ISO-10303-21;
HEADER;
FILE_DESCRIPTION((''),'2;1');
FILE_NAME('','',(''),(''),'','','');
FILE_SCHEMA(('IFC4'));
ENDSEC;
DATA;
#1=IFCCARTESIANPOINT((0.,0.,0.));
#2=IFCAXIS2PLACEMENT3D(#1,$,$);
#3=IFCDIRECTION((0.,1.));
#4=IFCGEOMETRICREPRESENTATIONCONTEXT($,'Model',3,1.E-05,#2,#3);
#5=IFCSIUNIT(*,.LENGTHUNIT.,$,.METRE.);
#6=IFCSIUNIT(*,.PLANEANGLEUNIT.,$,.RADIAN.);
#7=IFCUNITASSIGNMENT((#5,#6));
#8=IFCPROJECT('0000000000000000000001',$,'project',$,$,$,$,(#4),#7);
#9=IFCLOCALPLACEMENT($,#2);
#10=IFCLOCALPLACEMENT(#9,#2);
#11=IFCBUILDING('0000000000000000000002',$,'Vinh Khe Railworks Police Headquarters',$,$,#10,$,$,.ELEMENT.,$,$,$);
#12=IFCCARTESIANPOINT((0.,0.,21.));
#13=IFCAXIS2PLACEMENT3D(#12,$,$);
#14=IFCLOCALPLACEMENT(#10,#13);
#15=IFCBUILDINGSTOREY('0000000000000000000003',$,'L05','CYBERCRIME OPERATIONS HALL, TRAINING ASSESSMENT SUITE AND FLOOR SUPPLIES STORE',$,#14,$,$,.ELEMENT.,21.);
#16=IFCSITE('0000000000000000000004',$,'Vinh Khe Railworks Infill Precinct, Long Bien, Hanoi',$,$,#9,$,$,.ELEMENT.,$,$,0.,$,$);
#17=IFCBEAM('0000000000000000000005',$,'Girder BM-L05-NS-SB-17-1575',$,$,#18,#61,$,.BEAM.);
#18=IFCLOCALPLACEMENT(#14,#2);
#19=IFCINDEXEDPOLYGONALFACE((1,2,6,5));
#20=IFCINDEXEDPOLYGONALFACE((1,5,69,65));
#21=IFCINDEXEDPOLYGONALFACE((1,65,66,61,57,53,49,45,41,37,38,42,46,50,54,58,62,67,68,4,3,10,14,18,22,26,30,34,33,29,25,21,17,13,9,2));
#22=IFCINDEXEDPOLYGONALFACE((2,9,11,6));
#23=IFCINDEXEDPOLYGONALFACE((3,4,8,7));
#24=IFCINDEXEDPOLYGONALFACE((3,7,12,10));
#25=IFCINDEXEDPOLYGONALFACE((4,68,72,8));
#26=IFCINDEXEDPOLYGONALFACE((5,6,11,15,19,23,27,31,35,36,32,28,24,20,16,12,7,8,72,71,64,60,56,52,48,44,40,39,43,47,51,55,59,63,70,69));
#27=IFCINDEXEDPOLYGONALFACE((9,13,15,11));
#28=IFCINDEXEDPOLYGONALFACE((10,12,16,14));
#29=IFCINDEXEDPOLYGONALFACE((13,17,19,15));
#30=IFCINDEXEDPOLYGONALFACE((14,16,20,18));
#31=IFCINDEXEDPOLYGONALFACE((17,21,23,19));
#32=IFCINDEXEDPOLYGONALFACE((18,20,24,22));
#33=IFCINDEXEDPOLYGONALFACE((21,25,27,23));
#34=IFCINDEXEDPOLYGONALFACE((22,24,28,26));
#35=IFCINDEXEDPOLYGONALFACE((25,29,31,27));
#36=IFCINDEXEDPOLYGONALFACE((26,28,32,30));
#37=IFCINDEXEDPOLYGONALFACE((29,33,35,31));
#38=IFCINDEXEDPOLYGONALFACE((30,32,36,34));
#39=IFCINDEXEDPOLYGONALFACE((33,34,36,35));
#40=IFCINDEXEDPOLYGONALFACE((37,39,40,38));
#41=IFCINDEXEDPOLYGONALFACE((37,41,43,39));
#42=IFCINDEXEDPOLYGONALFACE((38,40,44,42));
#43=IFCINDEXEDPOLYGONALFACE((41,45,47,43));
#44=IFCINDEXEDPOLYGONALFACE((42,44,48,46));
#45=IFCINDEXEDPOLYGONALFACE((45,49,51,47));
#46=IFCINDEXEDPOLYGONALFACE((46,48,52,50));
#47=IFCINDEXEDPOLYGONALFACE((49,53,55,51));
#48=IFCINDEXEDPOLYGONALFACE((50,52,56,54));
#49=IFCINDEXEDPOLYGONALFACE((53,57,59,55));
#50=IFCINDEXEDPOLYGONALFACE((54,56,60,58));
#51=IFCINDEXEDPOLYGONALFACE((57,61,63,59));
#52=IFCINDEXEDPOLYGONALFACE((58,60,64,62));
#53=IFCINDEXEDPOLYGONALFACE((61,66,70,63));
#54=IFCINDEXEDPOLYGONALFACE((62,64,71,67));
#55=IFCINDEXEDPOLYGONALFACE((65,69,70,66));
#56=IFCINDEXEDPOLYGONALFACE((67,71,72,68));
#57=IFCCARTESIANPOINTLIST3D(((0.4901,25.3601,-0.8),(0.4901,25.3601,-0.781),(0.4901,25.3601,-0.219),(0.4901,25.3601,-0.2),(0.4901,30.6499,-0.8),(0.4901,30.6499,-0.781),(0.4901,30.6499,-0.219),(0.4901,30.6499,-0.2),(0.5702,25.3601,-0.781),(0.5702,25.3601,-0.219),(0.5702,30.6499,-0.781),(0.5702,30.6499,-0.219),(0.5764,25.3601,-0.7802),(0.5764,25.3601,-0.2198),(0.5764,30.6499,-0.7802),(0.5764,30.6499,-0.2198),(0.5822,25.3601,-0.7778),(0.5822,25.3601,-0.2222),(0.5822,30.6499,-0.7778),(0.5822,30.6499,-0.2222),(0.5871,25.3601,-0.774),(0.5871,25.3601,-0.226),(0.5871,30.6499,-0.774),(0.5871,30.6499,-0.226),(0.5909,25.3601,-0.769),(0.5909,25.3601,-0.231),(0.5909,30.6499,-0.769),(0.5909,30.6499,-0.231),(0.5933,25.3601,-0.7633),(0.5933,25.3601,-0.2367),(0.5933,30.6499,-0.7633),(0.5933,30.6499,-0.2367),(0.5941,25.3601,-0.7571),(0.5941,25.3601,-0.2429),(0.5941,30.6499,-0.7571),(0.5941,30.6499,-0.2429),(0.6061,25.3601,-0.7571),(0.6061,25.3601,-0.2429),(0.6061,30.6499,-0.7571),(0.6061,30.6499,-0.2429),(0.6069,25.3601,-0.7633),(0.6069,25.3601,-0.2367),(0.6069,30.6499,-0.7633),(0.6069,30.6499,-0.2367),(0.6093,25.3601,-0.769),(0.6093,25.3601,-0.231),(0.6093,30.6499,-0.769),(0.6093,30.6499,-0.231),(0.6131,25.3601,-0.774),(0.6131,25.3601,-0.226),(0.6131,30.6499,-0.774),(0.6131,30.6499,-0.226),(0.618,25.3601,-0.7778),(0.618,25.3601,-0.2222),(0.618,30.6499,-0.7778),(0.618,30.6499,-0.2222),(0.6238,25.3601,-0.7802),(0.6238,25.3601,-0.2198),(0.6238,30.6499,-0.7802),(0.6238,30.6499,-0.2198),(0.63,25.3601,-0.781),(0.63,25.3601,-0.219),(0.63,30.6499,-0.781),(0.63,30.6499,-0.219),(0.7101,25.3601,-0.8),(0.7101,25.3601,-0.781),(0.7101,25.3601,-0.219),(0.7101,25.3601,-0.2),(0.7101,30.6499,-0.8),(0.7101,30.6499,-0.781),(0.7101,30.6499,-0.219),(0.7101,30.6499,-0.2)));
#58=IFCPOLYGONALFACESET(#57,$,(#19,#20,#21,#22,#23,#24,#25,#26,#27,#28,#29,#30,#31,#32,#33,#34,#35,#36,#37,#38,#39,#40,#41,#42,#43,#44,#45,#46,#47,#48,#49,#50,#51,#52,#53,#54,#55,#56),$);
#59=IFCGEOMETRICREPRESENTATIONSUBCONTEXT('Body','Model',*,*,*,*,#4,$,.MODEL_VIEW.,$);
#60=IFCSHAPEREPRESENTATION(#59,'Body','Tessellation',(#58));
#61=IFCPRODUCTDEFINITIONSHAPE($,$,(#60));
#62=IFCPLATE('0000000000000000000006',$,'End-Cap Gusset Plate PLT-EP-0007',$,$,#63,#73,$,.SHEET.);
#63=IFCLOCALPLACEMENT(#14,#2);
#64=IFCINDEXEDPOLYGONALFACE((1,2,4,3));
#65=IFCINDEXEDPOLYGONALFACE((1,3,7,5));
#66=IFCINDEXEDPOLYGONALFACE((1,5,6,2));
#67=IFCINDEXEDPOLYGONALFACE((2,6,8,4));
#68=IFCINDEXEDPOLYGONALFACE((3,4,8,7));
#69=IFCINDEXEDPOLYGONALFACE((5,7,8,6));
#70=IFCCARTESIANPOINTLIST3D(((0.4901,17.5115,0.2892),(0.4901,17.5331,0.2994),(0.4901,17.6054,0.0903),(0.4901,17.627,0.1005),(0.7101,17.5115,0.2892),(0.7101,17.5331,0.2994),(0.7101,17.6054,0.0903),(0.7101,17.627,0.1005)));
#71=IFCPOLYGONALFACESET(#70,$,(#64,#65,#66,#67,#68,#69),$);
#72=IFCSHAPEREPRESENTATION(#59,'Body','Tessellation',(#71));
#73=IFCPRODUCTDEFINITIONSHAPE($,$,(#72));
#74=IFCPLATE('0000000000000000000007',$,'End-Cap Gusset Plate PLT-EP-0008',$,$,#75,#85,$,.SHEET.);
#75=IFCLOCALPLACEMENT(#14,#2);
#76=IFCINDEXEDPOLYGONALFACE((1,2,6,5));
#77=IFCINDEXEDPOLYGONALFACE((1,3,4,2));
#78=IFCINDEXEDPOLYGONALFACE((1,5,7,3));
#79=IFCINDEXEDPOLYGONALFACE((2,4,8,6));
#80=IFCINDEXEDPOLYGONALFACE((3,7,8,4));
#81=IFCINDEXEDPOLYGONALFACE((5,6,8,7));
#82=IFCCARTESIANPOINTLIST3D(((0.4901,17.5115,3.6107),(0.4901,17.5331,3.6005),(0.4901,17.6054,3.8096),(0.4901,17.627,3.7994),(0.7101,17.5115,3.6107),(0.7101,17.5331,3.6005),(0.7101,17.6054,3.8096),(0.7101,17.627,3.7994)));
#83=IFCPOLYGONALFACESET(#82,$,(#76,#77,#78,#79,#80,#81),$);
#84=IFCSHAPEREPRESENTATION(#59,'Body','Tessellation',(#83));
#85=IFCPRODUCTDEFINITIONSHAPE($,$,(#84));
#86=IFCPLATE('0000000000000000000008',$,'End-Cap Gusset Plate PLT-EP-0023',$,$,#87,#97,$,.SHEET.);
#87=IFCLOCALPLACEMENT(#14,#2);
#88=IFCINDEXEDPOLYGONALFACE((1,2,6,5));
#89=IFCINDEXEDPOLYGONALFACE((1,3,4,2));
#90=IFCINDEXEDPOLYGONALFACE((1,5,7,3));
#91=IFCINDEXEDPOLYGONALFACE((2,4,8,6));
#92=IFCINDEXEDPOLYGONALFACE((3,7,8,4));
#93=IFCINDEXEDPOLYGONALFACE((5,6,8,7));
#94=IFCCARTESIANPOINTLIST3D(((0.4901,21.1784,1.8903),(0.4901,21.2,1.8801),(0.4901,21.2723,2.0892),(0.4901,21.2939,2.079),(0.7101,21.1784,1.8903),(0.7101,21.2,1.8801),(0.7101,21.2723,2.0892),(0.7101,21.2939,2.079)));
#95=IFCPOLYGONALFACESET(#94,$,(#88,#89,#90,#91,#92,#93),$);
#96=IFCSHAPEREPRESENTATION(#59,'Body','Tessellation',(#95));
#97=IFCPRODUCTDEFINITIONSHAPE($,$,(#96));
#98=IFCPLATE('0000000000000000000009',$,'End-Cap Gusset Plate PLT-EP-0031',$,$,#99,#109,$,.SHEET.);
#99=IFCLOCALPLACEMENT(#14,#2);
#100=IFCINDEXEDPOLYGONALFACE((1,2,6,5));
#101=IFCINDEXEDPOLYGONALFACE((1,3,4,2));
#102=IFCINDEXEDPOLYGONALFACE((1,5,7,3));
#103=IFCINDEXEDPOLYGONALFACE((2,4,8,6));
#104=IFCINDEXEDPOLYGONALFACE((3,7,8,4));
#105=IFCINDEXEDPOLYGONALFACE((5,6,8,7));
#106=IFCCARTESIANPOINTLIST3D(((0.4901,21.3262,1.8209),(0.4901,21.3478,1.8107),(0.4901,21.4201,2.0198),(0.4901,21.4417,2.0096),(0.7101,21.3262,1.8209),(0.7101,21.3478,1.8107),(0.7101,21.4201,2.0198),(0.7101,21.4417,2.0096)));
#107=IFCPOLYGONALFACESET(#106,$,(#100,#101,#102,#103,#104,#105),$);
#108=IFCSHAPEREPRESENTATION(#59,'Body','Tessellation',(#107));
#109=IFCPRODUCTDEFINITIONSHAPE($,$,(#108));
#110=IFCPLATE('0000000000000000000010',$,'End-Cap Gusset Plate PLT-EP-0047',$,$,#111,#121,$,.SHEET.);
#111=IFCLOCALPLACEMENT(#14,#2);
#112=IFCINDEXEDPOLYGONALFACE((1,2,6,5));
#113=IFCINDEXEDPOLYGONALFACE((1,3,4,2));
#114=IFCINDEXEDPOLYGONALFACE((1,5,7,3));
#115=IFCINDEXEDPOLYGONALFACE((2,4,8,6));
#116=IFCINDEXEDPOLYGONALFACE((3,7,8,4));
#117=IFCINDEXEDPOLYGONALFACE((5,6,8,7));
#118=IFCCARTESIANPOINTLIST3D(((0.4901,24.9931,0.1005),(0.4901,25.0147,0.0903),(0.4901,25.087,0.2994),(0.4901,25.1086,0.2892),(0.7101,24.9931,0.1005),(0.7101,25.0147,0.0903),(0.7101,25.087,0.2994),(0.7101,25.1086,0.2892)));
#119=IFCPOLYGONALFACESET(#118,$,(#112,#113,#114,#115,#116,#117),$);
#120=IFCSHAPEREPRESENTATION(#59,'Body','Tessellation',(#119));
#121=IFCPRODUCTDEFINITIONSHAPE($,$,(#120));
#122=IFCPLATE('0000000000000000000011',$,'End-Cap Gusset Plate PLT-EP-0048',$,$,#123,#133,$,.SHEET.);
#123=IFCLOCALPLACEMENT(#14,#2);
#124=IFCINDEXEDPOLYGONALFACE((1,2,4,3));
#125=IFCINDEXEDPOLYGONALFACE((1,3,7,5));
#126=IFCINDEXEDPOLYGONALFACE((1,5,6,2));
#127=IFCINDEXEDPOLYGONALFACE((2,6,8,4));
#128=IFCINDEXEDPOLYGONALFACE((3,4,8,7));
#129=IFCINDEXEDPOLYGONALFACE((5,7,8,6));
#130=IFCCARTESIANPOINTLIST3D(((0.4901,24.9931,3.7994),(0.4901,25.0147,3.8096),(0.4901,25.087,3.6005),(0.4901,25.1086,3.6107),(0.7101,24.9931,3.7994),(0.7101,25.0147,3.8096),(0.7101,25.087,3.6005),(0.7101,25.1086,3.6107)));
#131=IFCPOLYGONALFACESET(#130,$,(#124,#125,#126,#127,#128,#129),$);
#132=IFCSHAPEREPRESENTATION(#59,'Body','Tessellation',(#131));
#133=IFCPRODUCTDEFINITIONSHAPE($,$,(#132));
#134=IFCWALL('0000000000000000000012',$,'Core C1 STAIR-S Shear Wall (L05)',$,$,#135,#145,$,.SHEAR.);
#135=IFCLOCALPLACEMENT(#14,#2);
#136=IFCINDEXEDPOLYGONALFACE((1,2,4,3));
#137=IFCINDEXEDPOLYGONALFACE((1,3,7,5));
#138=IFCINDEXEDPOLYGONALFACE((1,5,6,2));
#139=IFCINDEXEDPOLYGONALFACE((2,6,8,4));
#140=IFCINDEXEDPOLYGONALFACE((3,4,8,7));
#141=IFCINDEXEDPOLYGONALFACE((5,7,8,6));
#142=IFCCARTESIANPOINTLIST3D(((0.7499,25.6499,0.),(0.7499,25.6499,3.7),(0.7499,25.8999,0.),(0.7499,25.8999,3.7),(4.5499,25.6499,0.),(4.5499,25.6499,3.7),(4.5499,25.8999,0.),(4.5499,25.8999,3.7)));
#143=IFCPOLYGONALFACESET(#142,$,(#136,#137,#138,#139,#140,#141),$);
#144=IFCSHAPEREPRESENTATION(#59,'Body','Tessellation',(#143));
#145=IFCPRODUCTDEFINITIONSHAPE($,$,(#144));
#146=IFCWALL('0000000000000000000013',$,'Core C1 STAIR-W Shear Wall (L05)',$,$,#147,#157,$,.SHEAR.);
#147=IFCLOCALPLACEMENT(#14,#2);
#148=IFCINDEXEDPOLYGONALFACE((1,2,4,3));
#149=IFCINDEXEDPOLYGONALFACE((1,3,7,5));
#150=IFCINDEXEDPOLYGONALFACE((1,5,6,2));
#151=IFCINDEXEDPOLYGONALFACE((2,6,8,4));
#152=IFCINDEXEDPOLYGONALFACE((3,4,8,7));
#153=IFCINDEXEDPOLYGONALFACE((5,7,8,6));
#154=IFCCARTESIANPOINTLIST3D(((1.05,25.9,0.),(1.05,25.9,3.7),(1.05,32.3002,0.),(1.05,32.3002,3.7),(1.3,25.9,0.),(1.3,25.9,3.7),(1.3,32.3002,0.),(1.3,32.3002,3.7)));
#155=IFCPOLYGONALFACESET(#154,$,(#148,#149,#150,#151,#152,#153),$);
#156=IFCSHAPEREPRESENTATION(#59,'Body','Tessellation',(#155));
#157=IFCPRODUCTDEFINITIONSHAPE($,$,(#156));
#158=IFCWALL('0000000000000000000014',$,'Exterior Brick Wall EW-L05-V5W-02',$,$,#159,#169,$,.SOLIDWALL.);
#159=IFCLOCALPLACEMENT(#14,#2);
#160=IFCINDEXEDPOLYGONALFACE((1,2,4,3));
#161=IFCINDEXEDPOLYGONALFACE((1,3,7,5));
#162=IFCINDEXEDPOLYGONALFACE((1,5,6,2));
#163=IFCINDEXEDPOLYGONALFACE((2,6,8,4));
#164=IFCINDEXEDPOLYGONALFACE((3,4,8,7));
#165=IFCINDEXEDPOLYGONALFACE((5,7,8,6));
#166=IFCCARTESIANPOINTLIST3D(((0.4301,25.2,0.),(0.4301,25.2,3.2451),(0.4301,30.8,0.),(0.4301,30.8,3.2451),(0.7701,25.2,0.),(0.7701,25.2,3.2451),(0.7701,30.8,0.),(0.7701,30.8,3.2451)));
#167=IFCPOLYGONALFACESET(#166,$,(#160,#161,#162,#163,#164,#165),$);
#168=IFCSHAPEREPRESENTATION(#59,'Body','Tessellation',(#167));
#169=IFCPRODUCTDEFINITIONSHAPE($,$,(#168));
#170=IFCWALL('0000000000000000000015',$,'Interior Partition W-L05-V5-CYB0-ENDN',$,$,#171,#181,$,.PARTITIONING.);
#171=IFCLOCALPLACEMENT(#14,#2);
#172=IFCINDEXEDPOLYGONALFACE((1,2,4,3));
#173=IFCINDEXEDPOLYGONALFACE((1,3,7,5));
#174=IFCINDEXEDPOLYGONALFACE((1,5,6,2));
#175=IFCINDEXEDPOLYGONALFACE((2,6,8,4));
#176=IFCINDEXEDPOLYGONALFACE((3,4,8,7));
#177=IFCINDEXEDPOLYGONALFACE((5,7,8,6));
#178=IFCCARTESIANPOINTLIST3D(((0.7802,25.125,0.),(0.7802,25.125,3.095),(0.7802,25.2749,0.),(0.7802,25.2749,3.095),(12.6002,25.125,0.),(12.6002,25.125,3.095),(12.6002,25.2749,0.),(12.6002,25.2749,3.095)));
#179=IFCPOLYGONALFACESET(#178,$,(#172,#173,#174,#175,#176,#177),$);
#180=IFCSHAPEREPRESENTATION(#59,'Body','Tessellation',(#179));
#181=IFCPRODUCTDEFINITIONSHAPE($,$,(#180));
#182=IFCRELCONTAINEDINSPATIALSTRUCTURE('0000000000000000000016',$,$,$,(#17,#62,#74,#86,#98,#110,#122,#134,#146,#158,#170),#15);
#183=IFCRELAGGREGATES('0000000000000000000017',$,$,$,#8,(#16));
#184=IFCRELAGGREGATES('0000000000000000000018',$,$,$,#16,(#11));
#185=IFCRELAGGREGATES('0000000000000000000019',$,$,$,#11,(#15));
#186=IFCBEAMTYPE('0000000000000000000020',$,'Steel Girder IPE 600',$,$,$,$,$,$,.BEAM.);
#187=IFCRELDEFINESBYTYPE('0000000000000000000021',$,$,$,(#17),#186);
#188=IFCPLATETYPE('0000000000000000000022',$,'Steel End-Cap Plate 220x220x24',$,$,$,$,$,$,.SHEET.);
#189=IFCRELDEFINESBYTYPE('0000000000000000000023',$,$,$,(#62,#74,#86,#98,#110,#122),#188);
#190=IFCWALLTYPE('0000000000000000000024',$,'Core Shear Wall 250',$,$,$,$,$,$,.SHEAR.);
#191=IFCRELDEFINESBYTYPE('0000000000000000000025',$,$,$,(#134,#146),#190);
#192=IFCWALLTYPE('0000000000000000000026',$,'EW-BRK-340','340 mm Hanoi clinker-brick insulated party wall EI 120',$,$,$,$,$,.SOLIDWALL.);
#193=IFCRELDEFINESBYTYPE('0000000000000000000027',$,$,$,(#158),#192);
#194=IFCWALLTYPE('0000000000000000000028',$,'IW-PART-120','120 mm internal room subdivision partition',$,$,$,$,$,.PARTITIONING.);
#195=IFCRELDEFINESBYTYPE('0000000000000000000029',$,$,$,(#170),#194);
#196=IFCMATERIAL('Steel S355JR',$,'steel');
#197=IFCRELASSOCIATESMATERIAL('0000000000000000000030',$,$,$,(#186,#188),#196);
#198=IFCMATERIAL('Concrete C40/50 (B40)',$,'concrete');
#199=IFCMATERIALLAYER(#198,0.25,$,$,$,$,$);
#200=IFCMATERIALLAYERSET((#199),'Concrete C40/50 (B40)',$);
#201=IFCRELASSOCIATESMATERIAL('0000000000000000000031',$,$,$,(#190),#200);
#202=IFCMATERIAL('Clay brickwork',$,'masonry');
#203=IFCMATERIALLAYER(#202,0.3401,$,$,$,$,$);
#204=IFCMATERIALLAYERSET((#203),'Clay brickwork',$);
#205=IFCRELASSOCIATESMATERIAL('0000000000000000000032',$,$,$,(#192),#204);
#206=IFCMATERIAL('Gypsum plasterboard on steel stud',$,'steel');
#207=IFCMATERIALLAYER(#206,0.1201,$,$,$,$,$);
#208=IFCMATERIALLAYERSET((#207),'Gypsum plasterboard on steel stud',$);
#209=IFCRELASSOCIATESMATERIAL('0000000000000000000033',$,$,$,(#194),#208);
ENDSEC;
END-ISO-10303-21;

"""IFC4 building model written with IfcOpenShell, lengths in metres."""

from ifc_helpers import new_model, si_unit, direction, frame, frame_2d, origin, origin_2d, place, context, subcontext, project, spatial, rectangle, i_section, extrude, material, layer, layer_set, material_profile, profile_set, type_object, element, save


model = new_model("IFC4")

# Units and contexts
model_context = context("Model", 3, precision=1e-05, world=origin(), true_north=direction((0.0, 1.0)))
body_context = subcontext(model_context, "Body", "Model", "MODEL_VIEW")
ifc_project = project(units=[si_unit("LENGTHUNIT", "METRE"), si_unit("PLANEANGLEUNIT", "RADIAN")], contexts=[model_context])

# Site, building, storey
site_placement = place(None, origin())
site = spatial("IfcSite", under=ifc_project, at=site_placement, Name="Vinh Khe Railworks Infill Precinct, Long Bien, Hanoi", CompositionType="ELEMENT", RefElevation=0.0)
building_placement = place(site_placement, origin())
building = spatial("IfcBuilding", under=site, at=building_placement, Name="Vinh Khe Railworks Police Headquarters", CompositionType="ELEMENT")
storey_placement = place(building_placement, frame((0.0, 0.0, 21.0)))
storey = spatial("IfcBuildingStorey", under=building, at=storey_placement, Name="L05", Description="CYBERCRIME OPERATIONS HALL, TRAINING ASSESSMENT SUITE AND FLOOR SUPPLIES STORE", CompositionType="ELEMENT", Elevation=21.0)

# Shared definitions
ifc_material_1 = material(Name="Steel S355JR", Category="steel")

# Beam
ifc_material_profile_1 = material_profile(ifc_material_1, i_section(OverallWidth=0.22, OverallDepth=0.6001, WebThickness=0.012, FlangeThickness=0.019, FilletRadius=0.0239, at=origin_2d()), Name="IPE 600")
ifc_profile_set_1 = profile_set([ifc_material_profile_1], Name="Steel S355JR")
beam_type_1 = type_object("IfcBeamType", Name="Steel Girder IPE 600", PredefinedType="BEAM", material=ifc_profile_set_1)
beam_1_placement = place(storey_placement, frame((0.6001, 25.3601, -0.5), z_axis=(0.0, 1.0, 0.0), x_axis=(-1.0, 0.0, 0.0)))
element("IfcBeam", 1, at=beam_1_placement, inside=storey, type_object=beam_type_1, Name="Girder BM-L05-NS-SB-17-1575", PredefinedType="BEAM", context=body_context, shape_type="SweptSolid", body=[
    extrude(i_section(OverallWidth=0.22, OverallDepth=0.6001, WebThickness=0.012, FlangeThickness=0.019, FilletRadius=0.0239, at=origin_2d()), origin(), (0.0, 0.0, 1.0), 5.2898),
])

# Plates
ifc_material_profile_2 = material_profile(ifc_material_1, rectangle(XDim=0.22, YDim=0.22, at=origin_2d()), Name="PL 220x220")
ifc_profile_set_2 = profile_set([ifc_material_profile_2], Name="Steel S355JR")
plate_type = type_object("IfcPlateType", Name="Steel End-Cap Plate 220x220x24", PredefinedType="SHEET", material=ifc_profile_set_2)
for number, where, z_axis, x_axis, name in (
    (2, (0.6001, 17.5801, 0.2), (0.0, -0.904358, -0.426775), (1.0, 0.0, 0.0), "End-Cap Gusset Plate PLT-EP-0007"),
    (3, (0.6001, 17.5801, 3.7), (0.0, -0.904358, 0.426775), (1.0, 0.0, 0.0), "End-Cap Gusset Plate PLT-EP-0008"),
    (4, (0.6001, 21.2253, 1.9897), (0.0, 0.904358, -0.426775), (-1.0, 0.0, 0.0), "End-Cap Gusset Plate PLT-EP-0023"),
    (5, (0.6001, 21.3948, 1.9102), (0.0, -0.904358, 0.426775), (1.0, 0.0, 0.0), "End-Cap Gusset Plate PLT-EP-0031"),
    (6, (0.6001, 25.04, 0.2), (0.0, 0.904358, -0.426775), (-1.0, 0.0, 0.0), "End-Cap Gusset Plate PLT-EP-0047"),
    (7, (0.6001, 25.04, 3.7), (0.0, 0.904358, 0.426775), (-1.0, 0.0, 0.0), "End-Cap Gusset Plate PLT-EP-0048"),
):
    element("IfcPlate", number, at=place(storey_placement, frame(where, z_axis=z_axis, x_axis=x_axis)), inside=storey, type_object=plate_type, Name=name, PredefinedType="SHEET", context=body_context, shape_type="SweptSolid", body=[
        extrude(rectangle(XDim=0.22, YDim=0.22, at=origin_2d()), origin(), (0.0, 0.0, 1.0), 0.0239),
    ])

# Walls
ifc_material_2 = material(Name="Concrete C40/50 (B40)", Category="concrete")
ifc_layer_1 = layer(ifc_material_2, 0.25)
ifc_layer_set_1 = layer_set([ifc_layer_1], Name="Concrete C40/50 (B40)")
wall_type_1 = type_object("IfcWallType", Name="Core Shear Wall 250", PredefinedType="SHEAR", material=ifc_layer_set_1)
wall_1_placement = place(storey_placement, frame((0.75, 25.7749, 0.0), z_axis=(0.0, 0.0, 1.0), x_axis=(1.0, 0.0, 0.0)))
element("IfcWall", 8, at=wall_1_placement, inside=storey, type_object=wall_type_1, Name="Core C1 STAIR-S Shear Wall (L05)", PredefinedType="SHEAR", context=body_context, shape_type="SweptSolid", body=[
    extrude(rectangle(XDim=3.8, YDim=0.25, at=frame_2d((1.8999, 0.0))), origin(), (0.0, 0.0, 1.0), 3.7),
])
wall_2_placement = place(storey_placement, frame((1.175, 25.8999, 0.0), z_axis=(0.0, 0.0, 1.0), x_axis=(0.0, 1.0, 0.0)))
element("IfcWall", 9, at=wall_2_placement, inside=storey, type_object=wall_type_1, Name="Core C1 STAIR-W Shear Wall (L05)", PredefinedType="SHEAR", context=body_context, shape_type="SweptSolid", body=[
    extrude(rectangle(XDim=6.4001, YDim=0.25, at=frame_2d((3.2002, 0.0))), origin(), (0.0, 0.0, 1.0), 3.7),
])
ifc_material_3 = material(Name="Clay brickwork", Category="masonry")
ifc_layer_2 = layer(ifc_material_3, 0.3401)
ifc_layer_set_2 = layer_set([ifc_layer_2], Name="Clay brickwork")
wall_type_2 = type_object("IfcWallType", Name="EW-BRK-340", Description="340 mm Hanoi clinker-brick insulated party wall EI 120", PredefinedType="SOLIDWALL", material=ifc_layer_set_2)
wall_3_placement = place(storey_placement, frame((0.6001, 25.2, 0.0), z_axis=(0.0, 0.0, 1.0), x_axis=(0.0, 1.0, 0.0)))
element("IfcWall", 10, at=wall_3_placement, inside=storey, type_object=wall_type_2, Name="Exterior Brick Wall EW-L05-V5W-02", PredefinedType="SOLIDWALL", context=body_context, shape_type="SweptSolid", body=[
    extrude(rectangle(XDim=5.6001, YDim=0.3401, at=frame_2d((2.8, 0.0))), origin(), (0.0, 0.0, 1.0), 3.2451),
])
ifc_material_4 = material(Name="Gypsum plasterboard on steel stud", Category="steel")
ifc_layer_3 = layer(ifc_material_4, 0.1201)
ifc_layer_set_3 = layer_set([ifc_layer_3], Name="Gypsum plasterboard on steel stud")
wall_type_3 = type_object("IfcWallType", Name="IW-PART-120", Description="120 mm internal room subdivision partition", PredefinedType="PARTITIONING", material=ifc_layer_set_3)
wall_4_placement = place(storey_placement, frame((0.78, 25.2, 0.0), z_axis=(0.0, 0.0, 1.0), x_axis=(1.0, 0.0, 0.0)))
element("IfcWall", 11, at=wall_4_placement, inside=storey, type_object=wall_type_3, Name="Interior Partition W-L05-V5-CYB0-ENDN", PredefinedType="PARTITIONING", context=body_context, shape_type="SweptSolid", body=[
    extrude(rectangle(XDim=11.8201, YDim=0.1499, at=frame_2d((5.9102, 0.0))), origin(), (0.0, 0.0, 1.0), 3.095),
])

save(model, "model.ifc")
